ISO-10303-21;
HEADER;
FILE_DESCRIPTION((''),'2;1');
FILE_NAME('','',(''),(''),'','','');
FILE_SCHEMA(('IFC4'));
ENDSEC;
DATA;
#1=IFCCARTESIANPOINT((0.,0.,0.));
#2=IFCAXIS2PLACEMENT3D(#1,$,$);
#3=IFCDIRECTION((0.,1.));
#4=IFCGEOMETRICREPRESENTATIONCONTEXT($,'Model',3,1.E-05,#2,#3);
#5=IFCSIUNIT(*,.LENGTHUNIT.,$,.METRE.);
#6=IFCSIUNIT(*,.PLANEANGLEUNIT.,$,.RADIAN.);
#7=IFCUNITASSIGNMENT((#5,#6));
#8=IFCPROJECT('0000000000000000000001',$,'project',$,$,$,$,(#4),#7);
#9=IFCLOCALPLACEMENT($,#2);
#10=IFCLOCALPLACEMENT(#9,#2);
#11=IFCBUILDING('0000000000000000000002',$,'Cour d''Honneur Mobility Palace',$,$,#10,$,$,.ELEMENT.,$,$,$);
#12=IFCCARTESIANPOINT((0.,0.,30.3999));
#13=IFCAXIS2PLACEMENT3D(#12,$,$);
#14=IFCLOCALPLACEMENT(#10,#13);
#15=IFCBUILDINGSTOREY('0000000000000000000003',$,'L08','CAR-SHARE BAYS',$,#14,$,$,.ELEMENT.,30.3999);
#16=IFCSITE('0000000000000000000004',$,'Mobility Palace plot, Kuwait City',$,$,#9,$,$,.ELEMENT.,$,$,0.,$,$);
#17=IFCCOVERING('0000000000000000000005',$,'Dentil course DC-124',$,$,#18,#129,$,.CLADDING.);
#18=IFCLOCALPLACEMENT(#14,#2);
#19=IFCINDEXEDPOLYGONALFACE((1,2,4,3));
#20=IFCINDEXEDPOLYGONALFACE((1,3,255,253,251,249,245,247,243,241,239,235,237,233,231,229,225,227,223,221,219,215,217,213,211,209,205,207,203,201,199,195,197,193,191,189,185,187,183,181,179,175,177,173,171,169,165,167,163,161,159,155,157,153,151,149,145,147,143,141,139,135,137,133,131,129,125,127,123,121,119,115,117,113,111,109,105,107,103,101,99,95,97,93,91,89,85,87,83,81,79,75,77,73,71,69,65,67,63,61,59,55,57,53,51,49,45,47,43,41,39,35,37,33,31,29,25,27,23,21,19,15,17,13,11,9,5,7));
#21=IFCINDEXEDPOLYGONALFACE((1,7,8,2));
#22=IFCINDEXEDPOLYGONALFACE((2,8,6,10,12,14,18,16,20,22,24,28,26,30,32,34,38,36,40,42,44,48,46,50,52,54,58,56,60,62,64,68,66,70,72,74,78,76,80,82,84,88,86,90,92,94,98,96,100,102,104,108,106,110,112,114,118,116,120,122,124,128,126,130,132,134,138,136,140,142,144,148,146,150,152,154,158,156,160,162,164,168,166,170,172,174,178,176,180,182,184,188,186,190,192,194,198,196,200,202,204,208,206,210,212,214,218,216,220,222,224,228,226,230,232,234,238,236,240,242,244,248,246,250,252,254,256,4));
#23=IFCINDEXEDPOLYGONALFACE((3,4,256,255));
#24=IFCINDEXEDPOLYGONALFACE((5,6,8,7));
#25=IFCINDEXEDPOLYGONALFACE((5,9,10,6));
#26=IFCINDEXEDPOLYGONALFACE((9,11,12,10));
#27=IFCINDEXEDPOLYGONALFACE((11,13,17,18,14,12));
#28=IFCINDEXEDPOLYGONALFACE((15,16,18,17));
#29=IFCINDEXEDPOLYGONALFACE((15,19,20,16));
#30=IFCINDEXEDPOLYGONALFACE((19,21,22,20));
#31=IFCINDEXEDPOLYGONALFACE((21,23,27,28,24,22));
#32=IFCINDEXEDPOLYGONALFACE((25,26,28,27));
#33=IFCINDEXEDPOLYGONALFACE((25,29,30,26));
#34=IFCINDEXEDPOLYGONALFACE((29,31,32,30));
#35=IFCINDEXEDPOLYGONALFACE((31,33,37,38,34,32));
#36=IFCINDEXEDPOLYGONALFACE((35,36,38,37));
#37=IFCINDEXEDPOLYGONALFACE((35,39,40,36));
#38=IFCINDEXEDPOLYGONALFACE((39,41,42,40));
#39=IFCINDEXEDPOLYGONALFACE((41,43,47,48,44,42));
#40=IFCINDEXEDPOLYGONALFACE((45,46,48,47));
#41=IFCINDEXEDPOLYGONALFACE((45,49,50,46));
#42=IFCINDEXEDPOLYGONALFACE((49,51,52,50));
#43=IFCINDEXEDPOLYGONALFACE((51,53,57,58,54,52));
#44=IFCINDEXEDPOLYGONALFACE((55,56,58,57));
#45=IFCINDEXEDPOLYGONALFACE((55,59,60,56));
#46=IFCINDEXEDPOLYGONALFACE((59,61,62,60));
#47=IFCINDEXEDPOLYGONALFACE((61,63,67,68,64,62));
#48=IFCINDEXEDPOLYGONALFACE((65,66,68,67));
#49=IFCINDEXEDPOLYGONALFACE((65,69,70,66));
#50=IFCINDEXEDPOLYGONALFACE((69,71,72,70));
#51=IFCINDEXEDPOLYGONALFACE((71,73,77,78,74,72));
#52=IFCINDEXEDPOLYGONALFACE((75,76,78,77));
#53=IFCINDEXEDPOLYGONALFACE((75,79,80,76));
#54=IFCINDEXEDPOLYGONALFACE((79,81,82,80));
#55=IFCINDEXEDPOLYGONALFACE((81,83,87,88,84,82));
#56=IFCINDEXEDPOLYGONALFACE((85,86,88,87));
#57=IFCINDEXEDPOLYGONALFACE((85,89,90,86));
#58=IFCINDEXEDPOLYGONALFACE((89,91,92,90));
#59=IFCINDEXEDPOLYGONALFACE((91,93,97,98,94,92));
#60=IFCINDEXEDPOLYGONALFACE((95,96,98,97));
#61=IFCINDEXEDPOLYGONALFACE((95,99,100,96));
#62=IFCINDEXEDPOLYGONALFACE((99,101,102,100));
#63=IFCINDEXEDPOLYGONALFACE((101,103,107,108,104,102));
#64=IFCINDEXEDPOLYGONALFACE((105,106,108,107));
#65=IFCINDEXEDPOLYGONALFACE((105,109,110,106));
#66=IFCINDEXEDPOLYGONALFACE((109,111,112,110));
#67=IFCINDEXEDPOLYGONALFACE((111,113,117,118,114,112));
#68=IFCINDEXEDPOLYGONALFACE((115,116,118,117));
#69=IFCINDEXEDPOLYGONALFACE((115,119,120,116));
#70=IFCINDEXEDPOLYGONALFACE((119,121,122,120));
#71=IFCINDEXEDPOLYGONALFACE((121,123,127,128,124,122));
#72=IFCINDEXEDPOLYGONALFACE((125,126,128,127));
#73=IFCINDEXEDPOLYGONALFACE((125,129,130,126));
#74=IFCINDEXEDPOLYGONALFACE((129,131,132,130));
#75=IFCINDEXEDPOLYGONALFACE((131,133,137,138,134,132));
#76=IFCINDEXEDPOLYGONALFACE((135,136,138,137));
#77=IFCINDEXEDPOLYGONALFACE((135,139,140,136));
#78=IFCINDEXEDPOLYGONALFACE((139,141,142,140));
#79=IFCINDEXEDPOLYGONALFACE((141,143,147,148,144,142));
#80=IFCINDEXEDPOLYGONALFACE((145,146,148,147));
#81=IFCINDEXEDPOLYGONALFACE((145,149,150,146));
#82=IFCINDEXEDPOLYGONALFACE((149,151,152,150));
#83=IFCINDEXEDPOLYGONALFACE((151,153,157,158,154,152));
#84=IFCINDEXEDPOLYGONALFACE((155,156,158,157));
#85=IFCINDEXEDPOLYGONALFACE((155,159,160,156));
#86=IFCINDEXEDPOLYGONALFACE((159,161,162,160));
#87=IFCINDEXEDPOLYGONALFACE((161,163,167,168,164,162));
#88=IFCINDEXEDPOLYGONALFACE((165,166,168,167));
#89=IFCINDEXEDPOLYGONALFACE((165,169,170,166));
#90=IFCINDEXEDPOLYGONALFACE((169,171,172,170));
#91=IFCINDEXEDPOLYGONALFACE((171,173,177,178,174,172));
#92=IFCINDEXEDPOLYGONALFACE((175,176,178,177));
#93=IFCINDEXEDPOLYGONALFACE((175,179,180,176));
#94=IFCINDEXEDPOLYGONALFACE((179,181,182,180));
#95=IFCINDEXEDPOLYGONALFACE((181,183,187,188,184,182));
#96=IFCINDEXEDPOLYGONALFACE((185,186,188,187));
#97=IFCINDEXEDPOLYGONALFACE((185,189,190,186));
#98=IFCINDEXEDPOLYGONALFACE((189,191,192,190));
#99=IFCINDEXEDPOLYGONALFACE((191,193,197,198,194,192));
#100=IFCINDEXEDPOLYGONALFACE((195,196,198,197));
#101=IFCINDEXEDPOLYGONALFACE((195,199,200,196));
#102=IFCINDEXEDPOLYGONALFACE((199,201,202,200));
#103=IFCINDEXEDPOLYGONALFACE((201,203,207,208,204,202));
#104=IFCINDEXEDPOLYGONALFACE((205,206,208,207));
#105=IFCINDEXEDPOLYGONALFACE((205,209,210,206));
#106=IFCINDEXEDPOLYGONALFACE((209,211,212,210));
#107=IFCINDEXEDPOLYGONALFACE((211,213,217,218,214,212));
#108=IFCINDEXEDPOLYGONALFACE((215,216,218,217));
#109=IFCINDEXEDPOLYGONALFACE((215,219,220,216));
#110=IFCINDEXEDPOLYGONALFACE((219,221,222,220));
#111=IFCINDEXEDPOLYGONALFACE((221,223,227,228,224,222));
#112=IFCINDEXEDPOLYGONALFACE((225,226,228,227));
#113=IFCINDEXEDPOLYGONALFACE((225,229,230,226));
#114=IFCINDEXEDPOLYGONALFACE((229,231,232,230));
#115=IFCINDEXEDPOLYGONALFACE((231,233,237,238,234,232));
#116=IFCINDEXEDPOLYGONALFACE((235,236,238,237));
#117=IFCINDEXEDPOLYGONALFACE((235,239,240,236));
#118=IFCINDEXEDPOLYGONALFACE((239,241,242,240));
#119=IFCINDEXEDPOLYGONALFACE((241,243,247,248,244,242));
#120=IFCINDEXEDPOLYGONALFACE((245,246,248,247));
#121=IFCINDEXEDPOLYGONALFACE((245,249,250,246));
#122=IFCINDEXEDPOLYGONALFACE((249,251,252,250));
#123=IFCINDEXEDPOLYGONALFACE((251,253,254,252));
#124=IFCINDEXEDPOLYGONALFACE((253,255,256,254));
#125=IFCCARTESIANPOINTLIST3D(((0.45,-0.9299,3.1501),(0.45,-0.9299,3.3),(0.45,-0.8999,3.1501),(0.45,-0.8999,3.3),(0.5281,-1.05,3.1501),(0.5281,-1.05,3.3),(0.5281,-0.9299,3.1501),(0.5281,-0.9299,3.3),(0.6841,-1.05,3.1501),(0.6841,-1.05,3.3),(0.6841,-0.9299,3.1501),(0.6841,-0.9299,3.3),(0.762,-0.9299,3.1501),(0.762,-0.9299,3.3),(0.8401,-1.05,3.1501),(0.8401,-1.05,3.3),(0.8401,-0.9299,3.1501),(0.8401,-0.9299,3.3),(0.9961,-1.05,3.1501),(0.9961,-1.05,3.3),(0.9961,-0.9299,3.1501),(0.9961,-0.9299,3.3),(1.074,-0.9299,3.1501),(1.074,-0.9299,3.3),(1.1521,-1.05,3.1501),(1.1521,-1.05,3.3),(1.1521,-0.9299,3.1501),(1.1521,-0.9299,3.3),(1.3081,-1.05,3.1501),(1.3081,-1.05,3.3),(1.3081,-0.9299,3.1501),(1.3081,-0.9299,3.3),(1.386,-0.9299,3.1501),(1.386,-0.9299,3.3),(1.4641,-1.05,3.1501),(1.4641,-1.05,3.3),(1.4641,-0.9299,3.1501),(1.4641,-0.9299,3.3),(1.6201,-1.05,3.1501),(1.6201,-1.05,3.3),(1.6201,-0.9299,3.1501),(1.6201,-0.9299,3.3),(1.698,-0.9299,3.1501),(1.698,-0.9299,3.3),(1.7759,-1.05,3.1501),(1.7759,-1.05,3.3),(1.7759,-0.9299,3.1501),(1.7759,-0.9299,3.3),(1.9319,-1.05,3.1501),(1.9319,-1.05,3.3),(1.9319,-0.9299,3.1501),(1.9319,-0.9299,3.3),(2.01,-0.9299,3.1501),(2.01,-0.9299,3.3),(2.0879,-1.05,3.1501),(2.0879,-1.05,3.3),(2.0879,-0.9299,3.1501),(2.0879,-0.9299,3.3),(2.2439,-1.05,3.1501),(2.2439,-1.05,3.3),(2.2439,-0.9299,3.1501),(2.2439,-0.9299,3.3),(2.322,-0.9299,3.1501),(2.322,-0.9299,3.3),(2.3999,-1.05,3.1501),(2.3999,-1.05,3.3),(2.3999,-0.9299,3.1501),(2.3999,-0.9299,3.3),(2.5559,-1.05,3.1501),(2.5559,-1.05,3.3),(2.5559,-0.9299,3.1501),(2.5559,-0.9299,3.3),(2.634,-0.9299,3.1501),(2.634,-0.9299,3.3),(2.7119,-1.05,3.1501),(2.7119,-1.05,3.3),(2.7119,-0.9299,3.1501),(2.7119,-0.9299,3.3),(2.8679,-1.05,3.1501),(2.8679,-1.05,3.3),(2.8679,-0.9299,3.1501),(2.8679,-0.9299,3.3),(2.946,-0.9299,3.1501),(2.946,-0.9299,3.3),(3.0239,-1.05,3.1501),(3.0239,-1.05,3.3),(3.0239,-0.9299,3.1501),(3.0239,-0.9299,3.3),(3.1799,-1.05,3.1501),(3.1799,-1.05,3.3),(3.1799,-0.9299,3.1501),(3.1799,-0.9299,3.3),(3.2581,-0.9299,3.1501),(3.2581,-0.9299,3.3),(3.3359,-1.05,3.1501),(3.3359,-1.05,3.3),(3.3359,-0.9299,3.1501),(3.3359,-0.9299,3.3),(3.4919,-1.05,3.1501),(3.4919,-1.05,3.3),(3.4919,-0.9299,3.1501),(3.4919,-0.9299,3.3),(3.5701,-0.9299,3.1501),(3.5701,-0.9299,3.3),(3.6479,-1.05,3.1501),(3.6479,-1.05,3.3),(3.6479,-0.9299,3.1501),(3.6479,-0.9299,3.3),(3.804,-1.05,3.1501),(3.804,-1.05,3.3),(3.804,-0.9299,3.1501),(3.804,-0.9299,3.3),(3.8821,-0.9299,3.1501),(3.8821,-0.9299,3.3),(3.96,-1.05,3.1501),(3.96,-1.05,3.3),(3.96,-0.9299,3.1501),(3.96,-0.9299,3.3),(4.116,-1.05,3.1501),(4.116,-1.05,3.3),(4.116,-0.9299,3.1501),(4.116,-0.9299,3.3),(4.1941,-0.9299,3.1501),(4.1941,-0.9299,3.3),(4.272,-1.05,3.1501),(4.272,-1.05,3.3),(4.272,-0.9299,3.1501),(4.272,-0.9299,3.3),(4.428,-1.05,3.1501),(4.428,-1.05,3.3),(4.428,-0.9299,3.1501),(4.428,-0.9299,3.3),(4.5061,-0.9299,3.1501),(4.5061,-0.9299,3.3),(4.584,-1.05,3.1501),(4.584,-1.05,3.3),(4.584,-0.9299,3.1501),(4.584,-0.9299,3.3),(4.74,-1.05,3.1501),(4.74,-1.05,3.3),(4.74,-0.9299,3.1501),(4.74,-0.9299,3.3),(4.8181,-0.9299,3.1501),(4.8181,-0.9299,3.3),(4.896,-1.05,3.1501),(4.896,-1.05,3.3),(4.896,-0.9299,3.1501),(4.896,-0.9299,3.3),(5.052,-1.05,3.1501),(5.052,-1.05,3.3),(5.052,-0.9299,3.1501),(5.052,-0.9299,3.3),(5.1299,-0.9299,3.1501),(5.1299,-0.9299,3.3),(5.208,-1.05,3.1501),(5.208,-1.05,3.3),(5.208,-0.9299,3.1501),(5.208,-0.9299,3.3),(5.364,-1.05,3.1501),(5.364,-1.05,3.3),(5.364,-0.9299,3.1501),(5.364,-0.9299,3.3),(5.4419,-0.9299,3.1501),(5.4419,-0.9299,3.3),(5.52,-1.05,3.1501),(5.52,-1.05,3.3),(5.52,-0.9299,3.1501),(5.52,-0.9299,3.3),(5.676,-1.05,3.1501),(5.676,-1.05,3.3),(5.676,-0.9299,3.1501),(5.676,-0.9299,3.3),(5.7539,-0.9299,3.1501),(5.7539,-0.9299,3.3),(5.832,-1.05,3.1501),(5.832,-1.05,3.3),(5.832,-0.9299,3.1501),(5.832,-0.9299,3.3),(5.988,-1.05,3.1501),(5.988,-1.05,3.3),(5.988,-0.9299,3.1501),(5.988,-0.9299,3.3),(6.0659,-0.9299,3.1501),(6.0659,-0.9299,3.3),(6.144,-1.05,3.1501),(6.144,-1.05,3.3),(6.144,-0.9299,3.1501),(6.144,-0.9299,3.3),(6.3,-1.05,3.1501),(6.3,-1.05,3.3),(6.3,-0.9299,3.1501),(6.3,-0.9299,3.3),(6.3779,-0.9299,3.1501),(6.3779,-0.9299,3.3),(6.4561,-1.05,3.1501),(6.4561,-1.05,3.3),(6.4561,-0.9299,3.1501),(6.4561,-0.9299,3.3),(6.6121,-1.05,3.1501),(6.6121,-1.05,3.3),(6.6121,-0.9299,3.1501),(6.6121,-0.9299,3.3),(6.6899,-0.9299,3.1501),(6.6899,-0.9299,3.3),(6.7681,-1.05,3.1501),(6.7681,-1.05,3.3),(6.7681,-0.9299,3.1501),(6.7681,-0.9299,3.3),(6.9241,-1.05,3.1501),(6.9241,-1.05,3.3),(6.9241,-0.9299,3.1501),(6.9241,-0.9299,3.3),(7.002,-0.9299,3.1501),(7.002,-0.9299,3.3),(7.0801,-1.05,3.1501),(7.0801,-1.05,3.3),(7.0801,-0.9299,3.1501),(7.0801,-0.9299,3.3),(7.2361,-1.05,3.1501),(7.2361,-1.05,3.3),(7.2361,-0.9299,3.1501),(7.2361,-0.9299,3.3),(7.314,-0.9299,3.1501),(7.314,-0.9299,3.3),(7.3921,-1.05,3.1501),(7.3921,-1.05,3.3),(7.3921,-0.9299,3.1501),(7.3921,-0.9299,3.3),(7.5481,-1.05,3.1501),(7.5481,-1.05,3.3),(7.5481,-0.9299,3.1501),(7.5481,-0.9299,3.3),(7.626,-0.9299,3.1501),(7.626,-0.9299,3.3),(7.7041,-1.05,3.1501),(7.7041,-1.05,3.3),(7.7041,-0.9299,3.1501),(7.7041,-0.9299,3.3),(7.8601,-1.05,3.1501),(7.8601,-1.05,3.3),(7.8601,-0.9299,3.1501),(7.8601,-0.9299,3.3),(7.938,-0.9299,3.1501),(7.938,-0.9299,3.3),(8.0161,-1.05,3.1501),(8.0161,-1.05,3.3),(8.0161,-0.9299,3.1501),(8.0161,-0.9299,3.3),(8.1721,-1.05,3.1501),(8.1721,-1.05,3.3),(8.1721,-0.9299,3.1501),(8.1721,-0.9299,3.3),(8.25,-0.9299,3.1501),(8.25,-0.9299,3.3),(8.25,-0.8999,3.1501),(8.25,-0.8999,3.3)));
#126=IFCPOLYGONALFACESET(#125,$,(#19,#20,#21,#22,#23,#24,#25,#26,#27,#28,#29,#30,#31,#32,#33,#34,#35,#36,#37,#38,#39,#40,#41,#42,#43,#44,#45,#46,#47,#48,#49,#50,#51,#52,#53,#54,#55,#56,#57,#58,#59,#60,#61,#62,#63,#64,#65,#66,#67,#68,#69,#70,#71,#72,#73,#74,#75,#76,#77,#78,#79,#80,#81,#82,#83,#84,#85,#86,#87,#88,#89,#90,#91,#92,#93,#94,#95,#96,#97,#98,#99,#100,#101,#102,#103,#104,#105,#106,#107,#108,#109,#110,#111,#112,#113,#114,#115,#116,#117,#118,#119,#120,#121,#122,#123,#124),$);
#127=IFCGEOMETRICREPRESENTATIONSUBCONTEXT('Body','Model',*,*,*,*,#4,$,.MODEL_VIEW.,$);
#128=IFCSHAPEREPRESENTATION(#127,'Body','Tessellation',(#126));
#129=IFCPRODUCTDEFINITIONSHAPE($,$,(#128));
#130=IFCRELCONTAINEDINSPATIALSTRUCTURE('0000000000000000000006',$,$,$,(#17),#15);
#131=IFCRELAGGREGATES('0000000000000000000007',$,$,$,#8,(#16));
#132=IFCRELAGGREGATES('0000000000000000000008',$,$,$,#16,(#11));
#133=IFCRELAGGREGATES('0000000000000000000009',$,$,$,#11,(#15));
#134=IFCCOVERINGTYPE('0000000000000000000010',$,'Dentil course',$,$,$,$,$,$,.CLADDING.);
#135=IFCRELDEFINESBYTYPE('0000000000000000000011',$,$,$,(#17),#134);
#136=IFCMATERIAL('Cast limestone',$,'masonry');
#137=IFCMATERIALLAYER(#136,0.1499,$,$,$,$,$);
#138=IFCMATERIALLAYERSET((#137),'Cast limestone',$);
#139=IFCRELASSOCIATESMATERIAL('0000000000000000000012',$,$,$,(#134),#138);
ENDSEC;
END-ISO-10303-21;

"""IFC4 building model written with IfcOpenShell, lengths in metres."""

from ifc_helpers import new_model, si_unit, direction, frame, origin, place, context, subcontext, project, spatial, polyline, outline, extrude, material, layer, layer_set, type_object, element, save


model = new_model("IFC4")

# Units and contexts
model_context = context("Model", 3, precision=1e-05, world=origin(), true_north=direction((0.0, 1.0)))
body_context = subcontext(model_context, "Body", "Model", "MODEL_VIEW")
ifc_project = project(units=[si_unit("LENGTHUNIT", "METRE"), si_unit("PLANEANGLEUNIT", "RADIAN")], contexts=[model_context])

# Site, building, storey
site_placement = place(None, origin())
site = spatial("IfcSite", under=ifc_project, at=site_placement, Name="Mobility Palace plot, Kuwait City", CompositionType="ELEMENT", RefElevation=0.0)
building_placement = place(site_placement, origin())
building = spatial("IfcBuilding", under=site, at=building_placement, Name="Cour d'Honneur Mobility Palace", CompositionType="ELEMENT")
storey_placement = place(building_placement, frame((0.0, 0.0, 30.3999)))
storey = spatial("IfcBuildingStorey", under=building, at=storey_placement, Name="L08", Description="CAR-SHARE BAYS", CompositionType="ELEMENT", Elevation=30.3999)

# Covering
ifc_material_1 = material(Name="Cast limestone", Category="masonry")
ifc_layer_1 = layer(ifc_material_1, 0.1499)
ifc_layer_set_1 = layer_set([ifc_layer_1], Name="Cast limestone")
covering_type_1 = type_object("IfcCoveringType", Name="Dentil course", PredefinedType="CLADDING", material=ifc_layer_set_1)
covering_1_placement = place(storey_placement, frame((0.0, 0.0, 3.1501)))
element("IfcCovering", 1, at=covering_1_placement, inside=storey, type_object=covering_type_1, Name="Dentil course DC-124", PredefinedType="CLADDING", context=body_context, shape_type="SweptSolid", body=[
    extrude(outline(polyline([(0.45, -0.8999), (8.25, -0.8999), (8.25, -0.9299), (8.25, -0.9299), (8.1721, -0.9299), (8.1721, -1.05), (8.0161, -1.05), (8.0161, -0.9299), (7.938, -0.9299), (7.938, -0.9299), (7.8601, -0.9299), (7.8601, -1.05), (7.7041, -1.05), (7.7041, -0.9299), (7.626, -0.9299), (7.626, -0.9299), (7.5481, -0.9299), (7.5481, -1.05), (7.3921, -1.05), (7.3921, -0.9299), (7.314, -0.9299), (7.314, -0.9299), (7.2361, -0.9299), (7.2361, -1.05), (7.0801, -1.05), (7.0801, -0.9299), (7.002, -0.9299), (7.002, -0.9299), (6.9241, -0.9299), (6.9241, -1.05), (6.7681, -1.05), (6.7681, -0.9299), (6.6899, -0.9299), (6.6899, -0.9299), (6.6121, -0.9299), (6.6121, -1.05), (6.4561, -1.05), (6.4561, -0.9299), (6.3779, -0.9299), (6.3779, -0.9299), (6.3, -0.9299), (6.3, -1.05), (6.144, -1.05), (6.144, -0.9299), (6.0659, -0.9299), (6.0659, -0.9299), (5.988, -0.9299), (5.988, -1.05), (5.832, -1.05), (5.832, -0.9299), (5.7539, -0.9299), (5.7539, -0.9299), (5.676, -0.9299), (5.676, -1.05), (5.52, -1.05), (5.52, -0.9299), (5.4419, -0.9299), (5.4419, -0.9299), (5.364, -0.9299), (5.364, -1.05), (5.208, -1.05), (5.208, -0.9299), (5.1299, -0.9299), (5.1299, -0.9299), (5.052, -0.9299), (5.052, -1.05), (4.896, -1.05), (4.896, -0.9299), (4.8181, -0.9299), (4.8181, -0.9299), (4.74, -0.9299), (4.74, -1.05), (4.584, -1.05), (4.584, -0.9299), (4.5061, -0.9299), (4.5061, -0.9299), (4.428, -0.9299), (4.428, -1.05), (4.272, -1.05), (4.272, -0.9299), (4.1941, -0.9299), (4.1941, -0.9299), (4.116, -0.9299), (4.116, -1.05), (3.96, -1.05), (3.96, -0.9299), (3.8821, -0.9299), (3.8821, -0.9299), (3.804, -0.9299), (3.804, -1.05), (3.6479, -1.05), (3.6479, -0.9299), (3.5701, -0.9299), (3.5701, -0.9299), (3.4919, -0.9299), (3.4919, -1.05), (3.3359, -1.05), (3.3359, -0.9299), (3.2581, -0.9299), (3.2581, -0.9299), (3.1799, -0.9299), (3.1799, -1.05), (3.0239, -1.05), (3.0239, -0.9299), (2.946, -0.9299), (2.946, -0.9299), (2.8679, -0.9299), (2.8679, -1.05), (2.7119, -1.05), (2.7119, -0.9299), (2.634, -0.9299), (2.634, -0.9299), (2.5559, -0.9299), (2.5559, -1.05), (2.3999, -1.05), (2.3999, -0.9299), (2.322, -0.9299), (2.322, -0.9299), (2.2439, -0.9299), (2.2439, -1.05), (2.0879, -1.05), (2.0879, -0.9299), (2.01, -0.9299), (2.01, -0.9299), (1.9319, -0.9299), (1.9319, -1.05), (1.7759, -1.05), (1.7759, -0.9299), (1.698, -0.9299), (1.698, -0.9299), (1.6201, -0.9299), (1.6201, -1.05), (1.4641, -1.05), (1.4641, -0.9299), (1.386, -0.9299), (1.386, -0.9299), (1.3081, -0.9299), (1.3081, -1.05), (1.1521, -1.05), (1.1521, -0.9299), (1.074, -0.9299), (1.074, -0.9299), (0.9961, -0.9299), (0.9961, -1.05), (0.8401, -1.05), (0.8401, -0.9299), (0.762, -0.9299), (0.762, -0.9299), (0.6841, -0.9299), (0.6841, -1.05), (0.5281, -1.05), (0.5281, -0.9299), (0.45, -0.9299), (0.45, -0.8999)])), origin(), (0.0, 0.0, 1.0), 0.1499),
])

save(model, "model.ifc")
